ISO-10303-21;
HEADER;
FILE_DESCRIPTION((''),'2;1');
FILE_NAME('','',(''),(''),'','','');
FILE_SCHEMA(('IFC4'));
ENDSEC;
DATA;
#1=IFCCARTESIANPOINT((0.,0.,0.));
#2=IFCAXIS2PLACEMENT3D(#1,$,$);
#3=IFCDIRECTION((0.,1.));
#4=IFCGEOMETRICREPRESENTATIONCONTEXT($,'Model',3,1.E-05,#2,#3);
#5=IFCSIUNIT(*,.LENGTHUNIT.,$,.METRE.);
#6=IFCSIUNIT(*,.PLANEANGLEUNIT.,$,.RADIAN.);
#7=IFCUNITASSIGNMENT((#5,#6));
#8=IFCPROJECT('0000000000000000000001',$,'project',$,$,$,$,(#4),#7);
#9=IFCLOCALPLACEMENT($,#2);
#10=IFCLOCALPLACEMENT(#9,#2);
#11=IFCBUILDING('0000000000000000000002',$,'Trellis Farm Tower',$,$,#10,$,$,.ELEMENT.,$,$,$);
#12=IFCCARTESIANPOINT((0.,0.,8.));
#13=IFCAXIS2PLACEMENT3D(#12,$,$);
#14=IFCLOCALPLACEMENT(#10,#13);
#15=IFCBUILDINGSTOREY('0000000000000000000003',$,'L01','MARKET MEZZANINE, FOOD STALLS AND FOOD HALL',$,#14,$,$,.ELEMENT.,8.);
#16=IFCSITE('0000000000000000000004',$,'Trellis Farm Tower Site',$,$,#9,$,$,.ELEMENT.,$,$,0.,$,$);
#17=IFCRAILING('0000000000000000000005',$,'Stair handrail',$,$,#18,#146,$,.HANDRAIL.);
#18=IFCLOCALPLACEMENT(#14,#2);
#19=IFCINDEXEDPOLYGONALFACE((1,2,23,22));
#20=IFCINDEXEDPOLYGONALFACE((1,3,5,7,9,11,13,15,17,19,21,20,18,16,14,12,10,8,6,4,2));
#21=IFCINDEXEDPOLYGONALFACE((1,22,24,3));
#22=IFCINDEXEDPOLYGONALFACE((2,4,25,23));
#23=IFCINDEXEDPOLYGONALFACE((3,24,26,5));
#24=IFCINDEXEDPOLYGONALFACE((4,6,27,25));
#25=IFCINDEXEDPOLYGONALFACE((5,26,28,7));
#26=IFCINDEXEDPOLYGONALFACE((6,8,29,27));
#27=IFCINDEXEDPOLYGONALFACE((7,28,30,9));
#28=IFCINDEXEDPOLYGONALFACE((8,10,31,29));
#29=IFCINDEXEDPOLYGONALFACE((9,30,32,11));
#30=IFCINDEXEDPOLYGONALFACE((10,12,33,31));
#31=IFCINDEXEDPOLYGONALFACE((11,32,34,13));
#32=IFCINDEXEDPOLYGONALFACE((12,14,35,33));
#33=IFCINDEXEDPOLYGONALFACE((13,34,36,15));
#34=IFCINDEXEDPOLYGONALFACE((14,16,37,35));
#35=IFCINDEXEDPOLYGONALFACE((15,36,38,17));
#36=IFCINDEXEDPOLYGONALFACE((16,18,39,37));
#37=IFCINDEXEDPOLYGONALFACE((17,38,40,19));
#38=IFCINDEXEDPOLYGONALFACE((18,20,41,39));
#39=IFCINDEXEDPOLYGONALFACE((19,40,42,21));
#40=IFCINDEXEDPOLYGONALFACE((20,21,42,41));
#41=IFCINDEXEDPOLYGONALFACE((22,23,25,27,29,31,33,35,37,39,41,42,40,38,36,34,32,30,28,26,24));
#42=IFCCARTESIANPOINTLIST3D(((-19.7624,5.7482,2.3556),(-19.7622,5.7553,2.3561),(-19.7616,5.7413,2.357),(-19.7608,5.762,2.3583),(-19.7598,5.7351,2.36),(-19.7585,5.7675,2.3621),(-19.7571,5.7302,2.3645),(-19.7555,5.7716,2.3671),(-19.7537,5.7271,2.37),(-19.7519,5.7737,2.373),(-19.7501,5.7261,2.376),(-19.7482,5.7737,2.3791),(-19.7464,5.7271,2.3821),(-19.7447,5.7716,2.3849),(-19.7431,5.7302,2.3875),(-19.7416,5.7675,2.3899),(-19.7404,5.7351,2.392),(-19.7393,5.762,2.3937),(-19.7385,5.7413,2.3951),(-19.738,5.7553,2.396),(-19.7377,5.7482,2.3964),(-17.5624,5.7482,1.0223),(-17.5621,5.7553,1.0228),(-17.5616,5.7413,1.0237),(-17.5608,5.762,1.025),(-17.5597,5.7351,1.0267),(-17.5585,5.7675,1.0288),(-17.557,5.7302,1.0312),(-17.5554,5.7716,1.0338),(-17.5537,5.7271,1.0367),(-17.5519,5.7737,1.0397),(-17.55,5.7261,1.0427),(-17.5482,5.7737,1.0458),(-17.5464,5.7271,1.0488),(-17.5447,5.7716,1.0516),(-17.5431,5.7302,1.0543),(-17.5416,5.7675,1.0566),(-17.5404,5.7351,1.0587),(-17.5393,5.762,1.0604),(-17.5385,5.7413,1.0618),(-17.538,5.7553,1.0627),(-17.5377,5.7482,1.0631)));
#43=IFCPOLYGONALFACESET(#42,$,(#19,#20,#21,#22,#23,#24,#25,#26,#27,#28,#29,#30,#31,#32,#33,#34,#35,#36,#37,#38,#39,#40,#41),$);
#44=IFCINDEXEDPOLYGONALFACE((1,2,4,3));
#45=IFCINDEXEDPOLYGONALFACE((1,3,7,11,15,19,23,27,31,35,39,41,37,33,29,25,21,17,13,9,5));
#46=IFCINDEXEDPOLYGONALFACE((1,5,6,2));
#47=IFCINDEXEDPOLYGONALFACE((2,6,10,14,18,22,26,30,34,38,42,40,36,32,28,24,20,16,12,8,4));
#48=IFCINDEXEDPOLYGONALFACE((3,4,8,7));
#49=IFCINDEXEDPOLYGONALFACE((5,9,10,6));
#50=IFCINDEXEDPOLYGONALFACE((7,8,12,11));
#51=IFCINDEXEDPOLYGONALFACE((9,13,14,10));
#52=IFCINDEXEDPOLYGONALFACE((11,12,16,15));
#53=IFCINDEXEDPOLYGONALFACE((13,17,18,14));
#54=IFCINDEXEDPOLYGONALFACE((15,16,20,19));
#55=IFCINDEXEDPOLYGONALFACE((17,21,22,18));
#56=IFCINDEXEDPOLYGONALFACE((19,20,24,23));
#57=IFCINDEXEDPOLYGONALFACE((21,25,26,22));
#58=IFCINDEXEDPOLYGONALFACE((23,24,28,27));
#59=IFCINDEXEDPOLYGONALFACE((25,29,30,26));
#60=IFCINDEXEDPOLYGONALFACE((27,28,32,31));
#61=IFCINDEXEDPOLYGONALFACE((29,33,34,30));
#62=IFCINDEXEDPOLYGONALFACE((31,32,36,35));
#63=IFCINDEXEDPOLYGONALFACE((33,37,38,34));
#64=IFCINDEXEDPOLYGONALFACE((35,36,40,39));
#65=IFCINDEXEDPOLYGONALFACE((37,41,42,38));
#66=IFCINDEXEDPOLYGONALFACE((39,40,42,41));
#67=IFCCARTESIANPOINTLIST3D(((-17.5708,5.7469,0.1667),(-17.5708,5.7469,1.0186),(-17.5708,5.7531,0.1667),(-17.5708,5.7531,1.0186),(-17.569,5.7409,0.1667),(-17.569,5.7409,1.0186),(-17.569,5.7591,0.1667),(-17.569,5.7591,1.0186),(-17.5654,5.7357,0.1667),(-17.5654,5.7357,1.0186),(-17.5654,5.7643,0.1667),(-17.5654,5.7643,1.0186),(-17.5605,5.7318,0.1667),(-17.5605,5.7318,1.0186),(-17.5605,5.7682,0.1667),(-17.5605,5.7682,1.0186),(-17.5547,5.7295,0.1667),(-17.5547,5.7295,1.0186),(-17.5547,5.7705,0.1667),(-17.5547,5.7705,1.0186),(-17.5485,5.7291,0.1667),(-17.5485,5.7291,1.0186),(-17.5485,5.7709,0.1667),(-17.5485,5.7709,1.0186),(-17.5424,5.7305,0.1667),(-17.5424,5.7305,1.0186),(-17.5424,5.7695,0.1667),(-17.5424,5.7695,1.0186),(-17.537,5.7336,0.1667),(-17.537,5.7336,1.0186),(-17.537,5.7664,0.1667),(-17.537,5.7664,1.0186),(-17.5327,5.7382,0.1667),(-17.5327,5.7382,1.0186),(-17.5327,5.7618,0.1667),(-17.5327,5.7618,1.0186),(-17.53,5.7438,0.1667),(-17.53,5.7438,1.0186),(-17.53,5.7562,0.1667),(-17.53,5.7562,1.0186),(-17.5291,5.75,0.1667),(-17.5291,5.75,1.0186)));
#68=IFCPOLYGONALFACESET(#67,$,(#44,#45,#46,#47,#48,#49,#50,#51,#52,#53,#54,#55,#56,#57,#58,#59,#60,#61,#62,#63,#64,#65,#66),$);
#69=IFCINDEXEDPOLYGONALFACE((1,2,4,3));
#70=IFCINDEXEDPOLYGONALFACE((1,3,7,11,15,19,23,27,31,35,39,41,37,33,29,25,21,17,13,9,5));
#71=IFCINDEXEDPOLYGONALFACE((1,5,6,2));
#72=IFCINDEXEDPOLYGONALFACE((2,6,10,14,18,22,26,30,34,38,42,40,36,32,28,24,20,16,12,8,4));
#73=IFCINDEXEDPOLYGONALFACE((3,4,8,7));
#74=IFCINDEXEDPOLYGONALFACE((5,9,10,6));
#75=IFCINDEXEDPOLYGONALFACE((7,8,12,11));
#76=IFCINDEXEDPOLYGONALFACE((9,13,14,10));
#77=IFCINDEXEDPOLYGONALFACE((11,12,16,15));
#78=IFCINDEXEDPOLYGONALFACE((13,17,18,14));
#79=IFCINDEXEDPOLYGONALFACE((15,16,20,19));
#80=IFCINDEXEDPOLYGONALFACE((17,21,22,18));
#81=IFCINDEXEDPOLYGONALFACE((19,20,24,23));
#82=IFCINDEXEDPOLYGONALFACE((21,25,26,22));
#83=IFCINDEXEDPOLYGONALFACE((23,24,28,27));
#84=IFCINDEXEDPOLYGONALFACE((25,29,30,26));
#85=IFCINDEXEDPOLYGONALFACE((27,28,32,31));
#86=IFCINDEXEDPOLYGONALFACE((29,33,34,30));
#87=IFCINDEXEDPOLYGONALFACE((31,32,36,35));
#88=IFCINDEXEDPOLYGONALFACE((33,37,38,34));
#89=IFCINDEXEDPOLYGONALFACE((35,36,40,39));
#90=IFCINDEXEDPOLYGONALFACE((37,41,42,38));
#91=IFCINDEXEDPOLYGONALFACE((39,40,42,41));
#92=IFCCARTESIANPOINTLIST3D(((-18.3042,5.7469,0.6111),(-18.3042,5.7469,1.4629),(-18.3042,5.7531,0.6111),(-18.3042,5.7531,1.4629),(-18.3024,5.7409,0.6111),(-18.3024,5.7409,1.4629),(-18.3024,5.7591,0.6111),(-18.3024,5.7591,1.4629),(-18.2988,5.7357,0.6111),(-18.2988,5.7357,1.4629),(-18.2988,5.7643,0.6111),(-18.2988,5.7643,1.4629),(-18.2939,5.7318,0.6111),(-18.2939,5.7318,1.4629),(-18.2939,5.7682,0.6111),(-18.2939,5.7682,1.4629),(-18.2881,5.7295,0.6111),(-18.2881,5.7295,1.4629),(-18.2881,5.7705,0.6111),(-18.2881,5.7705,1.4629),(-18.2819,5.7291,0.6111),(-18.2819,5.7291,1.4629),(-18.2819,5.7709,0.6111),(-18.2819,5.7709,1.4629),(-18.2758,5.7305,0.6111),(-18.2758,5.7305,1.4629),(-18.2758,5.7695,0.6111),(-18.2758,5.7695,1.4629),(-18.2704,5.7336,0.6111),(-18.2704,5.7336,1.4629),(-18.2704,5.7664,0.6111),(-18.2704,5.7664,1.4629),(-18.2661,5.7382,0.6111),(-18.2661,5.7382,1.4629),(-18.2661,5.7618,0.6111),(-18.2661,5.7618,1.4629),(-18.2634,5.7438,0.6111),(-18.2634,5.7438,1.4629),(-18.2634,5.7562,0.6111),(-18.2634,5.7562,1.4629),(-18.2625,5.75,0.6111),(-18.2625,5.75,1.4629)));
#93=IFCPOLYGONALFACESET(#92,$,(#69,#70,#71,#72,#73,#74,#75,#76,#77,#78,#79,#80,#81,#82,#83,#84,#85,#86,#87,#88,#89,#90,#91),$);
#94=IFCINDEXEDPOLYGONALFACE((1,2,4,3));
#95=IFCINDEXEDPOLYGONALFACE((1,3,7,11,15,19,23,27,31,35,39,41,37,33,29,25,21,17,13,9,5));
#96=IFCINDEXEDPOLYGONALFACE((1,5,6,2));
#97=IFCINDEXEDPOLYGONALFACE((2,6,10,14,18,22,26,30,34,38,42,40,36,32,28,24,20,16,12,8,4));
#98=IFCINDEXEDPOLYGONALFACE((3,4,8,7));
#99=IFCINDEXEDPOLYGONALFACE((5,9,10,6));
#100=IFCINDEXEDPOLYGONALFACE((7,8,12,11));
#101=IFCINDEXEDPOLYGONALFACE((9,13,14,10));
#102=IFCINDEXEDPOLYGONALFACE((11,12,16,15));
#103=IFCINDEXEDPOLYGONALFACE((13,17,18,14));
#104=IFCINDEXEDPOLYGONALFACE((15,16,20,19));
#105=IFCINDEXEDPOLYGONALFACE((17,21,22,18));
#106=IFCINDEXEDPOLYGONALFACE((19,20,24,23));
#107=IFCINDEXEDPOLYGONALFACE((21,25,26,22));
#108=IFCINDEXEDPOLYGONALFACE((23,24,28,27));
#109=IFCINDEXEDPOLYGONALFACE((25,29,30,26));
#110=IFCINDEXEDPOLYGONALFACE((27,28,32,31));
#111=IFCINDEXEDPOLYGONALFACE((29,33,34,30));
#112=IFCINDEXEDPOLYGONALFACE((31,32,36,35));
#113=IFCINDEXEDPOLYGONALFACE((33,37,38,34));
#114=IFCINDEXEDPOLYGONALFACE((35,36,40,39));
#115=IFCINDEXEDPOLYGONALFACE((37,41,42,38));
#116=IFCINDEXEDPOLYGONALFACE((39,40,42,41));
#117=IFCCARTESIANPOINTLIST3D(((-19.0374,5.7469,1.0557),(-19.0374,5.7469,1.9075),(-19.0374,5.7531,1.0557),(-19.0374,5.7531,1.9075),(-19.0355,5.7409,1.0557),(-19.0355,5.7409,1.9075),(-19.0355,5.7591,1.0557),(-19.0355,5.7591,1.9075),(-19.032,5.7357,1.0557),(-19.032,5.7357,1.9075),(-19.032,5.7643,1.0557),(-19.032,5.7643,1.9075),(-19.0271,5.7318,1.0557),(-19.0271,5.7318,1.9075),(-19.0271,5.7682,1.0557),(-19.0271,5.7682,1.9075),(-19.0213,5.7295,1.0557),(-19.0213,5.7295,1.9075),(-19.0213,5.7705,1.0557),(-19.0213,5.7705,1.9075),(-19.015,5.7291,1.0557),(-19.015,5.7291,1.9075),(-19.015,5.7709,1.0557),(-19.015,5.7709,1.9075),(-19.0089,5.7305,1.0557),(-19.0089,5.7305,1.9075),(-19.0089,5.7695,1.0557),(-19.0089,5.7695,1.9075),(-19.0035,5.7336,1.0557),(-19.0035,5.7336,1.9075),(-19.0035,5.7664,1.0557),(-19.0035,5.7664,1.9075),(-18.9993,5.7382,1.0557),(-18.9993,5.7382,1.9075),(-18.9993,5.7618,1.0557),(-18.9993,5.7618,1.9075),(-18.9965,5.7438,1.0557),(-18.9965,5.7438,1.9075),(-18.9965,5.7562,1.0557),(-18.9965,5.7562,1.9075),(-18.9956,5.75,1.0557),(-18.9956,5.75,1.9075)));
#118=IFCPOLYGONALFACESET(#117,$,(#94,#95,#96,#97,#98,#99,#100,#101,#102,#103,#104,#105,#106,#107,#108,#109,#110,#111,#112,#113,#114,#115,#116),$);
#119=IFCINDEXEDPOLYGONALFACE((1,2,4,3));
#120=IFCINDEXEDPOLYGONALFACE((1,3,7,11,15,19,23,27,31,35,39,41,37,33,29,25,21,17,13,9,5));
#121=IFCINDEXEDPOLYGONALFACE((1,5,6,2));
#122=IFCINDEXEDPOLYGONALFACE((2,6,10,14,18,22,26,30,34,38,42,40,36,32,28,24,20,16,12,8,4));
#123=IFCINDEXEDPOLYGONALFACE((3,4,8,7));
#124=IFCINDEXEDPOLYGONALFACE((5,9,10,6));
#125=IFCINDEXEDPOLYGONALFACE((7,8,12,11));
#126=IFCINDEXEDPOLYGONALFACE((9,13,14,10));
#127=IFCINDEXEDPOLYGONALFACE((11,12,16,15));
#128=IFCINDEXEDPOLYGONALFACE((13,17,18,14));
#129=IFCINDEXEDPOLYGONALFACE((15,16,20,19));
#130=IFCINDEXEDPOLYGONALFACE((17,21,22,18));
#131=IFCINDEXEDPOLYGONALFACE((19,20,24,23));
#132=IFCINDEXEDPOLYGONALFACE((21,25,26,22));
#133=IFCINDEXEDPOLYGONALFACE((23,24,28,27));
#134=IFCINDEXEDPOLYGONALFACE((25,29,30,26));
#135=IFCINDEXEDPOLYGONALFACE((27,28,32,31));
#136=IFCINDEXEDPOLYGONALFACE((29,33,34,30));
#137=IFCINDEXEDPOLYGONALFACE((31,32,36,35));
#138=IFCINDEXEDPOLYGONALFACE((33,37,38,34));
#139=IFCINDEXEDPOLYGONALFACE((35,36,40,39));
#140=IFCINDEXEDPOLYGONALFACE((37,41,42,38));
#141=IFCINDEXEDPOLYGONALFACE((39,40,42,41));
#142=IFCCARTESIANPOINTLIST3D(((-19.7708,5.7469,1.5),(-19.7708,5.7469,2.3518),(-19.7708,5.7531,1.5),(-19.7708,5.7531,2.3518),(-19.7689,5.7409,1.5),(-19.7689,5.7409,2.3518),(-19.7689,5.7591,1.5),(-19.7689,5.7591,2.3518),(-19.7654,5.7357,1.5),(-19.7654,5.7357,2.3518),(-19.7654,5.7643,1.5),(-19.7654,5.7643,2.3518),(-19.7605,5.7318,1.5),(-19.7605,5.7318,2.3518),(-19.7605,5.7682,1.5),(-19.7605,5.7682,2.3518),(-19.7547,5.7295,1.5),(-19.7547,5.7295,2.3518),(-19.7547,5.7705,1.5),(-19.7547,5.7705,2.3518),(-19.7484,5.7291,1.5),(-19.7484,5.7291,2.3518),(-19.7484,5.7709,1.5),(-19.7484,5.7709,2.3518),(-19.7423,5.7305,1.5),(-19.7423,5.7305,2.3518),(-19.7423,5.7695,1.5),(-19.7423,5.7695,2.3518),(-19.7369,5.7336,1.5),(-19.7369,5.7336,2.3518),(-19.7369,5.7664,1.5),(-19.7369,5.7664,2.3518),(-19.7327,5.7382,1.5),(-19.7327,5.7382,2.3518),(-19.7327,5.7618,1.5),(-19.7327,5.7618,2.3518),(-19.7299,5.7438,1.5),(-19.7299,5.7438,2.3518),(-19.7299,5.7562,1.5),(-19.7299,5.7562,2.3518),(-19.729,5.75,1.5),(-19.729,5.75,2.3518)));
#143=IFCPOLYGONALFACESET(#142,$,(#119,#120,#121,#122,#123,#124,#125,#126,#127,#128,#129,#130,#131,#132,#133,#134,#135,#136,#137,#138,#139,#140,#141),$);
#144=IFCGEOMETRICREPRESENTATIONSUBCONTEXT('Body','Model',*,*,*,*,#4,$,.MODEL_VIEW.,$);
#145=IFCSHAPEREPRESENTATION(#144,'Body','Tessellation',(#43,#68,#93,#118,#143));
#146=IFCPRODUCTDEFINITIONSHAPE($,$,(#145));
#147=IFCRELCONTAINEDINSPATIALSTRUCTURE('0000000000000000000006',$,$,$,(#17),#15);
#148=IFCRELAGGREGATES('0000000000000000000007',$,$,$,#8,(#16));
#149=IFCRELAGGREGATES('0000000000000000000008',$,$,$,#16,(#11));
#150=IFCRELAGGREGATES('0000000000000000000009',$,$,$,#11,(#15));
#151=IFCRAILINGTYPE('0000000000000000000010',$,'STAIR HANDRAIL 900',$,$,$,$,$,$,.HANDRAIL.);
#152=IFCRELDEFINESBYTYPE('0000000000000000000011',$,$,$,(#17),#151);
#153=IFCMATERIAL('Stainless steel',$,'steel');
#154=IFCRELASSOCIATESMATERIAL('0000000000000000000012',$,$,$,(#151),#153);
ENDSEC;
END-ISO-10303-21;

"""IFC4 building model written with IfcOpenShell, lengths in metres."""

from ifc_helpers import new_model, si_unit, direction, frame, origin, origin_2d, place, context, subcontext, project, spatial, circle, extrude, source, transform, mapped, material, type_object, element, save


model = new_model("IFC4")

# Units and contexts
model_context = context("Model", 3, precision=1e-05, world=origin(), true_north=direction((0.0, 1.0)))
body_context = subcontext(model_context, "Body", "Model", "MODEL_VIEW")
ifc_project = project(units=[si_unit("LENGTHUNIT", "METRE"), si_unit("PLANEANGLEUNIT", "RADIAN")], contexts=[model_context])

# Site, building, storey
site_placement = place(None, origin())
site = spatial("IfcSite", under=ifc_project, at=site_placement, Name="Trellis Farm Tower Site", CompositionType="ELEMENT", RefElevation=0.0)
building_placement = place(site_placement, origin())
building = spatial("IfcBuilding", under=site, at=building_placement, Name="Trellis Farm Tower", CompositionType="ELEMENT")
storey_placement = place(building_placement, frame((0.0, 0.0, 8.0)))
storey = spatial("IfcBuildingStorey", under=building, at=storey_placement, Name="L01", Description="MARKET MEZZANINE, FOOD STALLS AND FOOD HALL", CompositionType="ELEMENT", Elevation=8.0)

# Railing
ifc_material_1 = material(Name="Stainless steel", Category="steel")
railing_type = type_object("IfcRailingType", Name="STAIR HANDRAIL 900", PredefinedType="HANDRAIL", material=ifc_material_1)
shared_shape_1 = source(origin(), body_context, "Body", "SweptSolid", [
    extrude(circle(Radius=0.0239, at=origin_2d()), frame((0.0, 0.0, 0.876), z_axis=(-0.855207, 0.0, 0.518287), x_axis=(0.0, -1.0, 0.0)), (0.0, 0.0, 1.0), 2.5725),
    extrude(circle(Radius=0.021, at=origin_2d()), origin(), (0.0, 0.0, 1.0), 0.8518),
    extrude(circle(Radius=0.021, at=origin_2d()), frame((-0.7334, 0.0, 0.4443)), (0.0, 0.0, 1.0), 0.8518),
    extrude(circle(Radius=0.021, at=origin_2d()), frame((-1.4666, 0.0, 0.8889)), (0.0, 0.0, 1.0), 0.8518),
    extrude(circle(Radius=0.021, at=origin_2d()), frame((-2.2, 0.0, 1.3333)), (0.0, 0.0, 1.0), 0.8518),
])
for number, where, name in (
    (1, (-17.55, 5.75, 0.1667), "Stair handrail"),
):
    element("IfcRailing", number, at=place(storey_placement, frame(where)), inside=storey, type_object=railing_type, Name=name, PredefinedType="HANDRAIL", context=body_context, shape_type="MappedRepresentation", body=[
        mapped(shared_shape_1, transform((0.0, 0.0, 0.0))),
    ])

save(model, "model.ifc")
